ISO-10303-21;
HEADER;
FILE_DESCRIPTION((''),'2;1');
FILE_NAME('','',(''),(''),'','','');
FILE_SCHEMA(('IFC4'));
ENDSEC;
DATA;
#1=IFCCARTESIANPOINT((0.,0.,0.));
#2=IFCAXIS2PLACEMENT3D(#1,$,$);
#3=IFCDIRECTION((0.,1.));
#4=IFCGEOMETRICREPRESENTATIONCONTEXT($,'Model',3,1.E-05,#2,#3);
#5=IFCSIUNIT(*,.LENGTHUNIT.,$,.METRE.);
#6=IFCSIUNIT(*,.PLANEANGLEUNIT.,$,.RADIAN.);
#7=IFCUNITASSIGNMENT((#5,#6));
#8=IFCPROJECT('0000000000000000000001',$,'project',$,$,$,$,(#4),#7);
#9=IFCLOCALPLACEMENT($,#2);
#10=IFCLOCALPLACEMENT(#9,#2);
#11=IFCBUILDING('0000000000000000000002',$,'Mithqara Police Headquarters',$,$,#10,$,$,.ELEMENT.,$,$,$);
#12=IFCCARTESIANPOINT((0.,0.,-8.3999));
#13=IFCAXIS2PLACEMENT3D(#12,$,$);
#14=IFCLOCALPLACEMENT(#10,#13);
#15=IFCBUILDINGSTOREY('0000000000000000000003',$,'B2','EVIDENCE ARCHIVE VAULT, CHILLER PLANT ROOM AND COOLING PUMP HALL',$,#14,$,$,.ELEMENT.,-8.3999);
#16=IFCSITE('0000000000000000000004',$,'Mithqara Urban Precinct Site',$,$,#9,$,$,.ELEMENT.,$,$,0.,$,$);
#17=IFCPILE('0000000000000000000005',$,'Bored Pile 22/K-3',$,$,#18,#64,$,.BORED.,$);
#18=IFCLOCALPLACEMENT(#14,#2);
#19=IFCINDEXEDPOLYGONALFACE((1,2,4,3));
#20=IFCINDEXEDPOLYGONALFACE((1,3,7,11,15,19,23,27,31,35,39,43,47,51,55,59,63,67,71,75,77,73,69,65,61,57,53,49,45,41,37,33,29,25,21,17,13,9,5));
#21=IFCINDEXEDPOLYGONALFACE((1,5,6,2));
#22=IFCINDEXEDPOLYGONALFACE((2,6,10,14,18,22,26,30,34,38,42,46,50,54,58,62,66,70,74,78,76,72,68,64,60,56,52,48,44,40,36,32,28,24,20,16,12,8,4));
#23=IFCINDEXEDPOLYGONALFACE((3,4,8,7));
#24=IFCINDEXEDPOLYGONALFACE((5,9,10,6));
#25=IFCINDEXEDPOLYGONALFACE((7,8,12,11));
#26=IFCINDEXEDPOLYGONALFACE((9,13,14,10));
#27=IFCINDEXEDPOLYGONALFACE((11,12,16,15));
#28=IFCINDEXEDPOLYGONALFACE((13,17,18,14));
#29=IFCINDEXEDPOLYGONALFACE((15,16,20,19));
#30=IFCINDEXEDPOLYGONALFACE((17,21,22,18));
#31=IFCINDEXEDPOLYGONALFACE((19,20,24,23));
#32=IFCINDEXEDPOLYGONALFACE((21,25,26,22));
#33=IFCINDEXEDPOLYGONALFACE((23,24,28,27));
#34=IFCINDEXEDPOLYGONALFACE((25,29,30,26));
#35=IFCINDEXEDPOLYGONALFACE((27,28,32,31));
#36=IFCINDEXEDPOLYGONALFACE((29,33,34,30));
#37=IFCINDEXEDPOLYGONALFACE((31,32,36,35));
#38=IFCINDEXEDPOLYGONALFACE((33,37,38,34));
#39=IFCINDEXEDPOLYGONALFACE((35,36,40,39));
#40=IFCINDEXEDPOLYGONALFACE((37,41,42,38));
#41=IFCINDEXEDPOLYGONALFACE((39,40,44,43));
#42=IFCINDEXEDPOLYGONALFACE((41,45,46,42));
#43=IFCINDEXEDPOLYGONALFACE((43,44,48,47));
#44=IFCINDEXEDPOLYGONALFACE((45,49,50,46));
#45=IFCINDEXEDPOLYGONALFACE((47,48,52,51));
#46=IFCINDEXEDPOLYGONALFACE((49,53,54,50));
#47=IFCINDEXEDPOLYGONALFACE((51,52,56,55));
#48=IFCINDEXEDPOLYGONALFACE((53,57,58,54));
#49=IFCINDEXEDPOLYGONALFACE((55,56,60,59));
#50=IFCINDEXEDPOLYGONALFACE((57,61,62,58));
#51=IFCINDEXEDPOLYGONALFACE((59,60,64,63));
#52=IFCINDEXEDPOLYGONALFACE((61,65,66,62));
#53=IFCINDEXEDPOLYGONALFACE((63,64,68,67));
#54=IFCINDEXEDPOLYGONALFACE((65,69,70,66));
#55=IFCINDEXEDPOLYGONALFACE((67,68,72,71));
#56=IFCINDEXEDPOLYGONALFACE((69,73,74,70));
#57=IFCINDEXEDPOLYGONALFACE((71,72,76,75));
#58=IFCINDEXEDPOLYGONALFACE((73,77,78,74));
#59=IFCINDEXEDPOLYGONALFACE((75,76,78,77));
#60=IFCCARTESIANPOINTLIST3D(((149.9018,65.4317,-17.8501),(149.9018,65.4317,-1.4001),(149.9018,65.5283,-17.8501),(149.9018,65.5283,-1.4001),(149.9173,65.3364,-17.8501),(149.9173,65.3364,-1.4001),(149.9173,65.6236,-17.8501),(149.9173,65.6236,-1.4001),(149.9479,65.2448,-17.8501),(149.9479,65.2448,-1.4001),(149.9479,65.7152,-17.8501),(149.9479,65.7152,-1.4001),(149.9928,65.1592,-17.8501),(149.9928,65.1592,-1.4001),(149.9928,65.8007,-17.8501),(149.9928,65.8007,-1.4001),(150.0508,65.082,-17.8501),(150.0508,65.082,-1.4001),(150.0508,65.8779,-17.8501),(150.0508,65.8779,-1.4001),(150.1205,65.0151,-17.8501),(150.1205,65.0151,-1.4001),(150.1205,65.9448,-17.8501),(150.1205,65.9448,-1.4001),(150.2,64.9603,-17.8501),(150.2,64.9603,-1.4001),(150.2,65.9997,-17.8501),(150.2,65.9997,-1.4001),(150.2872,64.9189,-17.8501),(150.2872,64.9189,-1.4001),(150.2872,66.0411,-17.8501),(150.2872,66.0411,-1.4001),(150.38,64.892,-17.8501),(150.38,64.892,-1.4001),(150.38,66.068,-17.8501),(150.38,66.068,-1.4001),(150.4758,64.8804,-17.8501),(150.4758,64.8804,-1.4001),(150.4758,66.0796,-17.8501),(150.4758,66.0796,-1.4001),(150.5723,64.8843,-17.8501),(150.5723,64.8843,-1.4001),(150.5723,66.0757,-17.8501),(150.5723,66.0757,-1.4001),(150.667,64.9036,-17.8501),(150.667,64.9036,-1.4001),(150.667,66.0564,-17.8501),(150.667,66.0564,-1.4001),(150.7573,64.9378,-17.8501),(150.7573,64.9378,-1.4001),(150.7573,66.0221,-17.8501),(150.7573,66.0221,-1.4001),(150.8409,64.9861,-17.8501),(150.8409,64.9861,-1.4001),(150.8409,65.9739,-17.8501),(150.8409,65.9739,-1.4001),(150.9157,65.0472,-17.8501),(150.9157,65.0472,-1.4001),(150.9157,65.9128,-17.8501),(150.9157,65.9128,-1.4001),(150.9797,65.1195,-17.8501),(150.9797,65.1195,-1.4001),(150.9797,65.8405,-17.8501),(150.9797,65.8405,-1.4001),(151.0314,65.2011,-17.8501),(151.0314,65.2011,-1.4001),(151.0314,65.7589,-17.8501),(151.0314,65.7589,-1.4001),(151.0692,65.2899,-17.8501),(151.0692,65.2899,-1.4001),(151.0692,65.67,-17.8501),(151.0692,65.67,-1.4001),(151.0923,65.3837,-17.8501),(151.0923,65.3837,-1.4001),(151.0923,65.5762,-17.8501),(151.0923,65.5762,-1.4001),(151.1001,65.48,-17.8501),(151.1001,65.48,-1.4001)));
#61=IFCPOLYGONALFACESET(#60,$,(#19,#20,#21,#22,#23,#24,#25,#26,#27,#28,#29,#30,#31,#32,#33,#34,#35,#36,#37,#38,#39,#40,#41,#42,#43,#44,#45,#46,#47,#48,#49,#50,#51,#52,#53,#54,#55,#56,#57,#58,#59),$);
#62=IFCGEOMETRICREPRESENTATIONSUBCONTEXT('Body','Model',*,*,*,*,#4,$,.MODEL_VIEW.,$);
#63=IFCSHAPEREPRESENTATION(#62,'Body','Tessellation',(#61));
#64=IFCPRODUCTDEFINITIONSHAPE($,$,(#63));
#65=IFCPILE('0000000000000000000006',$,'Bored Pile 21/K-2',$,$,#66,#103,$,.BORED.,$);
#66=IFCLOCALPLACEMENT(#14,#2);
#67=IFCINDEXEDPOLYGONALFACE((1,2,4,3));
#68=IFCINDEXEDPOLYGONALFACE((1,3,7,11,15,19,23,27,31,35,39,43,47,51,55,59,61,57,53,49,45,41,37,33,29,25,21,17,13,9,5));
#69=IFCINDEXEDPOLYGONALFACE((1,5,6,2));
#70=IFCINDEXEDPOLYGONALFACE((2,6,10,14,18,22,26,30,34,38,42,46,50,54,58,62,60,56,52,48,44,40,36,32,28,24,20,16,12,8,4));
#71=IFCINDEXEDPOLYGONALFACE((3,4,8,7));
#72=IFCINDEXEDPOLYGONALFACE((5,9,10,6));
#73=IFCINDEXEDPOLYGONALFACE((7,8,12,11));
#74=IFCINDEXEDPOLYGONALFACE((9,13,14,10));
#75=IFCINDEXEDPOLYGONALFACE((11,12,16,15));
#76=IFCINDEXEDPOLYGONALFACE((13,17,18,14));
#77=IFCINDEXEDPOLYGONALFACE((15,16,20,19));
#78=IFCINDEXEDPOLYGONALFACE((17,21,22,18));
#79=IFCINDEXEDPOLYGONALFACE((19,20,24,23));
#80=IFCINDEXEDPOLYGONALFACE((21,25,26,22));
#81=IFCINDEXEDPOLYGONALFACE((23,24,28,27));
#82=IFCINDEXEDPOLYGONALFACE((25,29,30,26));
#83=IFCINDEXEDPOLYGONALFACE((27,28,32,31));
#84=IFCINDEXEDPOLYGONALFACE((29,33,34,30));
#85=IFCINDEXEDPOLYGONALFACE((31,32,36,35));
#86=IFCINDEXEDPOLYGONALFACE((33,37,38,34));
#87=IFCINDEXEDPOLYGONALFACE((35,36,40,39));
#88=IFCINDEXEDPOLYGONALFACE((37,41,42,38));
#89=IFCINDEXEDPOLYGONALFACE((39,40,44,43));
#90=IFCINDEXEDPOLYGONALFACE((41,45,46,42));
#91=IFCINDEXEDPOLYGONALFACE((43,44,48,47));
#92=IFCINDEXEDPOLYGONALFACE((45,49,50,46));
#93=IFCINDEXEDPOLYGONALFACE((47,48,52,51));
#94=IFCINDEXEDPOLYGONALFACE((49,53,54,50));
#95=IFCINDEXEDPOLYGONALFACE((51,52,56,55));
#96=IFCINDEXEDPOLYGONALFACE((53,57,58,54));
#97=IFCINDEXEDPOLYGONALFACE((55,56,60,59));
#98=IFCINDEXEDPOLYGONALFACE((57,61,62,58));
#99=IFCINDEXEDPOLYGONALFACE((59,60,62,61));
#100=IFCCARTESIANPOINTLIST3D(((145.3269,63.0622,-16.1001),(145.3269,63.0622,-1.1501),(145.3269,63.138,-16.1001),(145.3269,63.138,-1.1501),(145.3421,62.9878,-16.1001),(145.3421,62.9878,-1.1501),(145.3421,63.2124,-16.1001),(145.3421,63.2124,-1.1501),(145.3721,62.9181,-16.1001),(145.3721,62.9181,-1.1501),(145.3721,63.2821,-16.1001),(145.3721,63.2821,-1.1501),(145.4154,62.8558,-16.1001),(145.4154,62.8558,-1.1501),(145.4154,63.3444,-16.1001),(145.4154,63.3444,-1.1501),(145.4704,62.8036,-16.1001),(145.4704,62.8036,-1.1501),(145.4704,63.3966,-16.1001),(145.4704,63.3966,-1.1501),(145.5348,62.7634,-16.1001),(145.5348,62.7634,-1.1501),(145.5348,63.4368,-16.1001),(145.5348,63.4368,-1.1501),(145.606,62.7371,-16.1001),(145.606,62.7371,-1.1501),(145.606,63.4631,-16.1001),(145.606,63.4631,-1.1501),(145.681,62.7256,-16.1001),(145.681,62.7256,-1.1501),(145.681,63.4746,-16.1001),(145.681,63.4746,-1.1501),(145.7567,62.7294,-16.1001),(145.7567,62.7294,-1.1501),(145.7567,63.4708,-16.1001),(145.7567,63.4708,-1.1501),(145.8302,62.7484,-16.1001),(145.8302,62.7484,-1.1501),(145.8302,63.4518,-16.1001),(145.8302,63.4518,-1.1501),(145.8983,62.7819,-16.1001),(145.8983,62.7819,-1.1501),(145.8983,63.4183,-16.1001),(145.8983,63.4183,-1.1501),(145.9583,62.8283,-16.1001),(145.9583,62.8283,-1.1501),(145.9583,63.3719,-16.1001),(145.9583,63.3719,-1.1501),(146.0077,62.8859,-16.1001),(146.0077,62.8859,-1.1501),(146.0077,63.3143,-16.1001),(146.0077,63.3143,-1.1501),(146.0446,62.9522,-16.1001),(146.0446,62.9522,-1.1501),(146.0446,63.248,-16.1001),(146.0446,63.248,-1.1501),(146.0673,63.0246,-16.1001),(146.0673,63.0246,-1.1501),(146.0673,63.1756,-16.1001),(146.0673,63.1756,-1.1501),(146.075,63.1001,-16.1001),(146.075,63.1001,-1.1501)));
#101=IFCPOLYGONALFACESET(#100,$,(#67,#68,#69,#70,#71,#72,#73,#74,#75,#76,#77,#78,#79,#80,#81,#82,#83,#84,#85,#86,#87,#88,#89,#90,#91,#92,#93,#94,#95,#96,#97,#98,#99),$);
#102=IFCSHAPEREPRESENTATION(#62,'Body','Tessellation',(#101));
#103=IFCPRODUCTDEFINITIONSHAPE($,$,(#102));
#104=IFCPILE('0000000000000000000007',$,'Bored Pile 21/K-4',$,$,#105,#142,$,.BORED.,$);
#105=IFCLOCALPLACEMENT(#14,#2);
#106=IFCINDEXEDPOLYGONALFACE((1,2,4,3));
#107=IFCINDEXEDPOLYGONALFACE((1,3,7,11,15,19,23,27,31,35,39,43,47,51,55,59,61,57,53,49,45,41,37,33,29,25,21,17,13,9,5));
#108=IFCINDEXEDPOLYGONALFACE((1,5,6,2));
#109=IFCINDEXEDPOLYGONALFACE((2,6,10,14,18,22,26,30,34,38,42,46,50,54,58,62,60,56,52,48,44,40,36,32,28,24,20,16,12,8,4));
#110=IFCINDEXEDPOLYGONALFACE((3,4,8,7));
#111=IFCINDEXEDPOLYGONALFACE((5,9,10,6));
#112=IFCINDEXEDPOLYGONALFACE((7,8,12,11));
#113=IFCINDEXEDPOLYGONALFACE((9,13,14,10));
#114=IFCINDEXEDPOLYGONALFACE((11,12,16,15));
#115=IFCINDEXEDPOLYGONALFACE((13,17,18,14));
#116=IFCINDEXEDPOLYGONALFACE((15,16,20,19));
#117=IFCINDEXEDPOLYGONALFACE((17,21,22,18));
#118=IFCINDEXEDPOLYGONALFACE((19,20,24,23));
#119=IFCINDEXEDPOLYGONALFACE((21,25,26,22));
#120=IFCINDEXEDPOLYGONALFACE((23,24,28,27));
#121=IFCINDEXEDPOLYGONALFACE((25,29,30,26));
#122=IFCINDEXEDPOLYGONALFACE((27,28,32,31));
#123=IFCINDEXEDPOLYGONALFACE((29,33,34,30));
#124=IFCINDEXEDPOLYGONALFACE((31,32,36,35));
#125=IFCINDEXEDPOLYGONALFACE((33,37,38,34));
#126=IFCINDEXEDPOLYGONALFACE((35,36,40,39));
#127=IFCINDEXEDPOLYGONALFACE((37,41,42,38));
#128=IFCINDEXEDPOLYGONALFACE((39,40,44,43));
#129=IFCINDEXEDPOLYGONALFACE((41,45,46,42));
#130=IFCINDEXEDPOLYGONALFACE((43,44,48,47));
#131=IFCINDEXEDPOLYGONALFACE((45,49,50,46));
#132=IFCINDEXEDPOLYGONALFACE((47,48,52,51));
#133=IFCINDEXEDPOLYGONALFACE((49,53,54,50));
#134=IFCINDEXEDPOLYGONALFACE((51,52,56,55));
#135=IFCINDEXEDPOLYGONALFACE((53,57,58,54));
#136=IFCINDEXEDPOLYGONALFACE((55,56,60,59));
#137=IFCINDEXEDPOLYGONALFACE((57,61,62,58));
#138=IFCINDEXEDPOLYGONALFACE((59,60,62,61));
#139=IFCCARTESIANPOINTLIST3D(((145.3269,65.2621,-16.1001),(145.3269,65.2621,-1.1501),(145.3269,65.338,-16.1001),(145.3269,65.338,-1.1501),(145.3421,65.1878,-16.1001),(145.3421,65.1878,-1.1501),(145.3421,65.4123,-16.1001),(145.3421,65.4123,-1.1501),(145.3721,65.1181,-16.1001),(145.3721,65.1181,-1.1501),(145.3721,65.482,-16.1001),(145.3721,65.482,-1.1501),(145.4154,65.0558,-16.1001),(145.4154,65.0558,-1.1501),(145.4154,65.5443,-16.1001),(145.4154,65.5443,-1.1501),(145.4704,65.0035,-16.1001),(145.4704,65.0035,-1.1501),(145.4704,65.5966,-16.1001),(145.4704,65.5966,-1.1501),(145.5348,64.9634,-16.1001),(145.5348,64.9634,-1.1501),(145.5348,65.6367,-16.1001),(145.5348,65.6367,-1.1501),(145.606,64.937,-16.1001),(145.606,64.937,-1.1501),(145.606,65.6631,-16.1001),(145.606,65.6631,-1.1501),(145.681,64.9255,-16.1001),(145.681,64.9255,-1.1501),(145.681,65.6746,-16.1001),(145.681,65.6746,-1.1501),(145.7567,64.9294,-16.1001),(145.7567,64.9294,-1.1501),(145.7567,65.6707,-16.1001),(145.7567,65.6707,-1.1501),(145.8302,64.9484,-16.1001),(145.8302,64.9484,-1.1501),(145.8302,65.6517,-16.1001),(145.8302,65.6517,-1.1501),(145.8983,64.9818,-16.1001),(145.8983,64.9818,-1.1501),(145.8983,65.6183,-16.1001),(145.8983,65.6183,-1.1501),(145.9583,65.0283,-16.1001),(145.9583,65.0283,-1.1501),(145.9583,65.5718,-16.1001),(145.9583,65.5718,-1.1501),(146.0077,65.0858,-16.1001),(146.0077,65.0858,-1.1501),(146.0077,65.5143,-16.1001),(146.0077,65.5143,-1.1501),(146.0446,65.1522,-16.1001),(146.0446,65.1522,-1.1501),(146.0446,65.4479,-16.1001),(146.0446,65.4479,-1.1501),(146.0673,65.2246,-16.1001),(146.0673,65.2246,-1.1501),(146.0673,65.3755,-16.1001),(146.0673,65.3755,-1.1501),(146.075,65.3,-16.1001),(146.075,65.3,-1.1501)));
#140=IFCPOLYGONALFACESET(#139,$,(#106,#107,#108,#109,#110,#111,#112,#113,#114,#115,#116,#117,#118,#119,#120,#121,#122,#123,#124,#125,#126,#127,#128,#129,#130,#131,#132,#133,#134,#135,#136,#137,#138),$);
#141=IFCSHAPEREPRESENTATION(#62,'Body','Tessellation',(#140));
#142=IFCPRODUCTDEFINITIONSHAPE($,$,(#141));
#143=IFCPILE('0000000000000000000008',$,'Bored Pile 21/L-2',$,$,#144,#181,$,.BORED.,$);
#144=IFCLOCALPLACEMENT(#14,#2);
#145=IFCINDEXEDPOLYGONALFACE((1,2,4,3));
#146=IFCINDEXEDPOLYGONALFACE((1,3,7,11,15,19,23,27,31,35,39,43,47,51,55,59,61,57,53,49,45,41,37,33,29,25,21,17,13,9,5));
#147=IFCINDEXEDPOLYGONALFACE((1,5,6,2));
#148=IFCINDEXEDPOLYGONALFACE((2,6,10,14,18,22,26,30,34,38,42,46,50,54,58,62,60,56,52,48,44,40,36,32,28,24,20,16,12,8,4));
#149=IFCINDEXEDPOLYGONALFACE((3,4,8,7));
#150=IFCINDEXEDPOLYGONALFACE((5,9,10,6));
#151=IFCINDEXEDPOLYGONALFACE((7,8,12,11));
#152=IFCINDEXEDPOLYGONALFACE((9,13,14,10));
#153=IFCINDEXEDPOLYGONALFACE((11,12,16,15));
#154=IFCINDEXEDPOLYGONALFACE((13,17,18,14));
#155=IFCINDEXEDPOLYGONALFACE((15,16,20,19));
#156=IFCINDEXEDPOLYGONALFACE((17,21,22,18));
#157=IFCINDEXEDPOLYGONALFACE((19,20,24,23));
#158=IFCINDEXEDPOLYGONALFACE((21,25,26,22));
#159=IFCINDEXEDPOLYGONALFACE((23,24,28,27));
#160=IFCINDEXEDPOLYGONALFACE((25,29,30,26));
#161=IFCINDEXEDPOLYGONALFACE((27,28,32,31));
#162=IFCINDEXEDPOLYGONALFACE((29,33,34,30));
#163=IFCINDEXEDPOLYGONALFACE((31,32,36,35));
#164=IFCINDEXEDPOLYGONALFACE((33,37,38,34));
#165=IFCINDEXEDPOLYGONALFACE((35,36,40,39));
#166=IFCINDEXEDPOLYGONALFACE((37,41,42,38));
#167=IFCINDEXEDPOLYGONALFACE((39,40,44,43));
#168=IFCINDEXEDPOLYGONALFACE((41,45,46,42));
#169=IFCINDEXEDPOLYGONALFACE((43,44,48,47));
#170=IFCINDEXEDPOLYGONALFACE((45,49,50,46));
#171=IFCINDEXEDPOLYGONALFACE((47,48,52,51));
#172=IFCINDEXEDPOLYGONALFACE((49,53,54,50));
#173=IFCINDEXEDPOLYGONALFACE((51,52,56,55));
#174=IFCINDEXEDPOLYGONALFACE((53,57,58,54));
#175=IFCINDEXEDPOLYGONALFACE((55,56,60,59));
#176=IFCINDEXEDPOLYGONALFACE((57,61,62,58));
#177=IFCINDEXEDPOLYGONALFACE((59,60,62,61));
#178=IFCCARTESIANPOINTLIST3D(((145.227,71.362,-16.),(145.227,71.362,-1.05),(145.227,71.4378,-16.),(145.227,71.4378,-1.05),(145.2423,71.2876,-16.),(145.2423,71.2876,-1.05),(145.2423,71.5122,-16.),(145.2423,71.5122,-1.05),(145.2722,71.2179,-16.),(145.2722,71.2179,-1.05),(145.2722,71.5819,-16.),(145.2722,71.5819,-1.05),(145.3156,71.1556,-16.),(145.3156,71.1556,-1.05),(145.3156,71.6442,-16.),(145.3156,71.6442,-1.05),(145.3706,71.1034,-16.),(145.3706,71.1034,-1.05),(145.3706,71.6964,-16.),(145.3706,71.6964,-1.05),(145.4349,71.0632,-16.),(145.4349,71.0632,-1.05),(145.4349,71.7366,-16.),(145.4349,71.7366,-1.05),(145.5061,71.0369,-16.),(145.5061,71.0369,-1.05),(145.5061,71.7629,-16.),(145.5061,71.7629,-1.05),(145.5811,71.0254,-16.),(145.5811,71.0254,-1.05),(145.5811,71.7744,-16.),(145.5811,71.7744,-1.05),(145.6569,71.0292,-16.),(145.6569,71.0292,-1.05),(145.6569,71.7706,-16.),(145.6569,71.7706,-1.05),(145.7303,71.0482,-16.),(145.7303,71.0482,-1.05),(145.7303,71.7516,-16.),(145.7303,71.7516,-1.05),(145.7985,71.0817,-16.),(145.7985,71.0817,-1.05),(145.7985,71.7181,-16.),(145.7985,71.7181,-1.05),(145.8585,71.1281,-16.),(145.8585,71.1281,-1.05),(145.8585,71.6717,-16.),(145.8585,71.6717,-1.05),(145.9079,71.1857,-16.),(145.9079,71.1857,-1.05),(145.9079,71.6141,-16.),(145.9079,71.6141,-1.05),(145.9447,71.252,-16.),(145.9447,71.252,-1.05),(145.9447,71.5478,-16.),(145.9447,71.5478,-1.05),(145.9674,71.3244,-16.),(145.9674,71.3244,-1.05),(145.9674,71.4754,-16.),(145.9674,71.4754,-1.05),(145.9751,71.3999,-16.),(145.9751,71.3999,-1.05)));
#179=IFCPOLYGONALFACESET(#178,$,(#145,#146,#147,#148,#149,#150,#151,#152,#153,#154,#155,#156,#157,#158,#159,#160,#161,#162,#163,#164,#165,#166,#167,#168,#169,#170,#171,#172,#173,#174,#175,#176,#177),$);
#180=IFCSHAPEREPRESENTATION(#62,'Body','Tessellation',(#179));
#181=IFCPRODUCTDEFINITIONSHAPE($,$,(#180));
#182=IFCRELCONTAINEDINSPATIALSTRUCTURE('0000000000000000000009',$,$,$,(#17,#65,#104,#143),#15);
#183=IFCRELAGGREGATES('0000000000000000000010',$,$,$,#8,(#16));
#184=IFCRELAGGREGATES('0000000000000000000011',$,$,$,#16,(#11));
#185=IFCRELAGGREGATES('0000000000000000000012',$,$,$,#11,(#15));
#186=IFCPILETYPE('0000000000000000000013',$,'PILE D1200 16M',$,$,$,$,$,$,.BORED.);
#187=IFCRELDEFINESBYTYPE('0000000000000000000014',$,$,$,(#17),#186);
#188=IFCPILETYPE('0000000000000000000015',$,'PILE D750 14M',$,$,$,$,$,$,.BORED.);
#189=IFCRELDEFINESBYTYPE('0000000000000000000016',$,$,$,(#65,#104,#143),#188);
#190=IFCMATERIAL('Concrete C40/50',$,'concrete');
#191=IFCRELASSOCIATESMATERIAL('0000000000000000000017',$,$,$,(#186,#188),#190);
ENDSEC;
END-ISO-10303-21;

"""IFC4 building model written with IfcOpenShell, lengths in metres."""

from ifc_helpers import new_model, si_unit, direction, frame, origin, origin_2d, place, context, subcontext, project, spatial, circle, extrude, material, material_profile, profile_set, type_object, element, save


model = new_model("IFC4")

# Units and contexts
model_context = context("Model", 3, precision=1e-05, world=origin(), true_north=direction((0.0, 1.0)))
body_context = subcontext(model_context, "Body", "Model", "MODEL_VIEW")
ifc_project = project(units=[si_unit("LENGTHUNIT", "METRE"), si_unit("PLANEANGLEUNIT", "RADIAN")], contexts=[model_context])

# Site, building, storey
site_placement = place(None, origin())
site = spatial("IfcSite", under=ifc_project, at=site_placement, Name="Mithqara Urban Precinct Site", CompositionType="ELEMENT", RefElevation=0.0)
building_placement = place(site_placement, origin())
building = spatial("IfcBuilding", under=site, at=building_placement, Name="Mithqara Police Headquarters", CompositionType="ELEMENT")
storey_placement = place(building_placement, frame((0.0, 0.0, -8.3999)))
storey = spatial("IfcBuildingStorey", under=building, at=storey_placement, Name="B2", Description="EVIDENCE ARCHIVE VAULT, CHILLER PLANT ROOM AND COOLING PUMP HALL", CompositionType="ELEMENT", Elevation=-8.3999)

# Shared definitions
ifc_material_1 = material(Name="Concrete C40/50", Category="concrete")

# Piles
ifc_material_profile_1 = material_profile(ifc_material_1, circle(Radius=0.6001, at=origin_2d()), Name="PILE D1200")
ifc_profile_set_1 = profile_set([ifc_material_profile_1], Name="Concrete C40/50")
pile_type_1 = type_object("IfcPileType", Name="PILE D1200 16M", PredefinedType="BORED", material=ifc_profile_set_1)
for number, where, z_axis, x_axis, name in (
    (1, (150.5, 65.48, -1.4001), (0.0, 0.0, -1.0), (1.0, 0.0, 0.0), "Bored Pile 22/K-3"),
):
    element("IfcPile", number, at=place(storey_placement, frame(where, z_axis=z_axis, x_axis=x_axis)), inside=storey, type_object=pile_type_1, Name=name, PredefinedType="BORED", context=body_context, shape_type="SweptSolid", body=[
        extrude(circle(Radius=0.6001, at=origin_2d()), origin(), (0.0, 0.0, 1.0), 16.45),
    ])
ifc_material_profile_2 = material_profile(ifc_material_1, circle(Radius=0.375, at=origin_2d()), Name="PILE D750")
ifc_profile_set_2 = profile_set([ifc_material_profile_2], Name="Concrete C40/50")
pile_type_2 = type_object("IfcPileType", Name="PILE D750 14M", PredefinedType="BORED", material=ifc_profile_set_2)
for number, where, z_axis, x_axis, name in (
    (2, (145.7, 63.1001, -1.1501), (0.0, 0.0, -1.0), (1.0, 0.0, 0.0), "Bored Pile 21/K-2"),
    (3, (145.7, 65.3, -1.1501), (0.0, 0.0, -1.0), (1.0, 0.0, 0.0), "Bored Pile 21/K-4"),
    (4, (145.6001, 71.3999, -1.05), (0.0, 0.0, -1.0), (1.0, 0.0, 0.0), "Bored Pile 21/L-2"),
):
    element("IfcPile", number, at=place(storey_placement, frame(where, z_axis=z_axis, x_axis=x_axis)), inside=storey, type_object=pile_type_2, Name=name, PredefinedType="BORED", context=body_context, shape_type="SweptSolid", body=[
        extrude(circle(Radius=0.375, at=origin_2d()), origin(), (0.0, 0.0, 1.0), 14.95),
    ])

save(model, "model.ifc")
